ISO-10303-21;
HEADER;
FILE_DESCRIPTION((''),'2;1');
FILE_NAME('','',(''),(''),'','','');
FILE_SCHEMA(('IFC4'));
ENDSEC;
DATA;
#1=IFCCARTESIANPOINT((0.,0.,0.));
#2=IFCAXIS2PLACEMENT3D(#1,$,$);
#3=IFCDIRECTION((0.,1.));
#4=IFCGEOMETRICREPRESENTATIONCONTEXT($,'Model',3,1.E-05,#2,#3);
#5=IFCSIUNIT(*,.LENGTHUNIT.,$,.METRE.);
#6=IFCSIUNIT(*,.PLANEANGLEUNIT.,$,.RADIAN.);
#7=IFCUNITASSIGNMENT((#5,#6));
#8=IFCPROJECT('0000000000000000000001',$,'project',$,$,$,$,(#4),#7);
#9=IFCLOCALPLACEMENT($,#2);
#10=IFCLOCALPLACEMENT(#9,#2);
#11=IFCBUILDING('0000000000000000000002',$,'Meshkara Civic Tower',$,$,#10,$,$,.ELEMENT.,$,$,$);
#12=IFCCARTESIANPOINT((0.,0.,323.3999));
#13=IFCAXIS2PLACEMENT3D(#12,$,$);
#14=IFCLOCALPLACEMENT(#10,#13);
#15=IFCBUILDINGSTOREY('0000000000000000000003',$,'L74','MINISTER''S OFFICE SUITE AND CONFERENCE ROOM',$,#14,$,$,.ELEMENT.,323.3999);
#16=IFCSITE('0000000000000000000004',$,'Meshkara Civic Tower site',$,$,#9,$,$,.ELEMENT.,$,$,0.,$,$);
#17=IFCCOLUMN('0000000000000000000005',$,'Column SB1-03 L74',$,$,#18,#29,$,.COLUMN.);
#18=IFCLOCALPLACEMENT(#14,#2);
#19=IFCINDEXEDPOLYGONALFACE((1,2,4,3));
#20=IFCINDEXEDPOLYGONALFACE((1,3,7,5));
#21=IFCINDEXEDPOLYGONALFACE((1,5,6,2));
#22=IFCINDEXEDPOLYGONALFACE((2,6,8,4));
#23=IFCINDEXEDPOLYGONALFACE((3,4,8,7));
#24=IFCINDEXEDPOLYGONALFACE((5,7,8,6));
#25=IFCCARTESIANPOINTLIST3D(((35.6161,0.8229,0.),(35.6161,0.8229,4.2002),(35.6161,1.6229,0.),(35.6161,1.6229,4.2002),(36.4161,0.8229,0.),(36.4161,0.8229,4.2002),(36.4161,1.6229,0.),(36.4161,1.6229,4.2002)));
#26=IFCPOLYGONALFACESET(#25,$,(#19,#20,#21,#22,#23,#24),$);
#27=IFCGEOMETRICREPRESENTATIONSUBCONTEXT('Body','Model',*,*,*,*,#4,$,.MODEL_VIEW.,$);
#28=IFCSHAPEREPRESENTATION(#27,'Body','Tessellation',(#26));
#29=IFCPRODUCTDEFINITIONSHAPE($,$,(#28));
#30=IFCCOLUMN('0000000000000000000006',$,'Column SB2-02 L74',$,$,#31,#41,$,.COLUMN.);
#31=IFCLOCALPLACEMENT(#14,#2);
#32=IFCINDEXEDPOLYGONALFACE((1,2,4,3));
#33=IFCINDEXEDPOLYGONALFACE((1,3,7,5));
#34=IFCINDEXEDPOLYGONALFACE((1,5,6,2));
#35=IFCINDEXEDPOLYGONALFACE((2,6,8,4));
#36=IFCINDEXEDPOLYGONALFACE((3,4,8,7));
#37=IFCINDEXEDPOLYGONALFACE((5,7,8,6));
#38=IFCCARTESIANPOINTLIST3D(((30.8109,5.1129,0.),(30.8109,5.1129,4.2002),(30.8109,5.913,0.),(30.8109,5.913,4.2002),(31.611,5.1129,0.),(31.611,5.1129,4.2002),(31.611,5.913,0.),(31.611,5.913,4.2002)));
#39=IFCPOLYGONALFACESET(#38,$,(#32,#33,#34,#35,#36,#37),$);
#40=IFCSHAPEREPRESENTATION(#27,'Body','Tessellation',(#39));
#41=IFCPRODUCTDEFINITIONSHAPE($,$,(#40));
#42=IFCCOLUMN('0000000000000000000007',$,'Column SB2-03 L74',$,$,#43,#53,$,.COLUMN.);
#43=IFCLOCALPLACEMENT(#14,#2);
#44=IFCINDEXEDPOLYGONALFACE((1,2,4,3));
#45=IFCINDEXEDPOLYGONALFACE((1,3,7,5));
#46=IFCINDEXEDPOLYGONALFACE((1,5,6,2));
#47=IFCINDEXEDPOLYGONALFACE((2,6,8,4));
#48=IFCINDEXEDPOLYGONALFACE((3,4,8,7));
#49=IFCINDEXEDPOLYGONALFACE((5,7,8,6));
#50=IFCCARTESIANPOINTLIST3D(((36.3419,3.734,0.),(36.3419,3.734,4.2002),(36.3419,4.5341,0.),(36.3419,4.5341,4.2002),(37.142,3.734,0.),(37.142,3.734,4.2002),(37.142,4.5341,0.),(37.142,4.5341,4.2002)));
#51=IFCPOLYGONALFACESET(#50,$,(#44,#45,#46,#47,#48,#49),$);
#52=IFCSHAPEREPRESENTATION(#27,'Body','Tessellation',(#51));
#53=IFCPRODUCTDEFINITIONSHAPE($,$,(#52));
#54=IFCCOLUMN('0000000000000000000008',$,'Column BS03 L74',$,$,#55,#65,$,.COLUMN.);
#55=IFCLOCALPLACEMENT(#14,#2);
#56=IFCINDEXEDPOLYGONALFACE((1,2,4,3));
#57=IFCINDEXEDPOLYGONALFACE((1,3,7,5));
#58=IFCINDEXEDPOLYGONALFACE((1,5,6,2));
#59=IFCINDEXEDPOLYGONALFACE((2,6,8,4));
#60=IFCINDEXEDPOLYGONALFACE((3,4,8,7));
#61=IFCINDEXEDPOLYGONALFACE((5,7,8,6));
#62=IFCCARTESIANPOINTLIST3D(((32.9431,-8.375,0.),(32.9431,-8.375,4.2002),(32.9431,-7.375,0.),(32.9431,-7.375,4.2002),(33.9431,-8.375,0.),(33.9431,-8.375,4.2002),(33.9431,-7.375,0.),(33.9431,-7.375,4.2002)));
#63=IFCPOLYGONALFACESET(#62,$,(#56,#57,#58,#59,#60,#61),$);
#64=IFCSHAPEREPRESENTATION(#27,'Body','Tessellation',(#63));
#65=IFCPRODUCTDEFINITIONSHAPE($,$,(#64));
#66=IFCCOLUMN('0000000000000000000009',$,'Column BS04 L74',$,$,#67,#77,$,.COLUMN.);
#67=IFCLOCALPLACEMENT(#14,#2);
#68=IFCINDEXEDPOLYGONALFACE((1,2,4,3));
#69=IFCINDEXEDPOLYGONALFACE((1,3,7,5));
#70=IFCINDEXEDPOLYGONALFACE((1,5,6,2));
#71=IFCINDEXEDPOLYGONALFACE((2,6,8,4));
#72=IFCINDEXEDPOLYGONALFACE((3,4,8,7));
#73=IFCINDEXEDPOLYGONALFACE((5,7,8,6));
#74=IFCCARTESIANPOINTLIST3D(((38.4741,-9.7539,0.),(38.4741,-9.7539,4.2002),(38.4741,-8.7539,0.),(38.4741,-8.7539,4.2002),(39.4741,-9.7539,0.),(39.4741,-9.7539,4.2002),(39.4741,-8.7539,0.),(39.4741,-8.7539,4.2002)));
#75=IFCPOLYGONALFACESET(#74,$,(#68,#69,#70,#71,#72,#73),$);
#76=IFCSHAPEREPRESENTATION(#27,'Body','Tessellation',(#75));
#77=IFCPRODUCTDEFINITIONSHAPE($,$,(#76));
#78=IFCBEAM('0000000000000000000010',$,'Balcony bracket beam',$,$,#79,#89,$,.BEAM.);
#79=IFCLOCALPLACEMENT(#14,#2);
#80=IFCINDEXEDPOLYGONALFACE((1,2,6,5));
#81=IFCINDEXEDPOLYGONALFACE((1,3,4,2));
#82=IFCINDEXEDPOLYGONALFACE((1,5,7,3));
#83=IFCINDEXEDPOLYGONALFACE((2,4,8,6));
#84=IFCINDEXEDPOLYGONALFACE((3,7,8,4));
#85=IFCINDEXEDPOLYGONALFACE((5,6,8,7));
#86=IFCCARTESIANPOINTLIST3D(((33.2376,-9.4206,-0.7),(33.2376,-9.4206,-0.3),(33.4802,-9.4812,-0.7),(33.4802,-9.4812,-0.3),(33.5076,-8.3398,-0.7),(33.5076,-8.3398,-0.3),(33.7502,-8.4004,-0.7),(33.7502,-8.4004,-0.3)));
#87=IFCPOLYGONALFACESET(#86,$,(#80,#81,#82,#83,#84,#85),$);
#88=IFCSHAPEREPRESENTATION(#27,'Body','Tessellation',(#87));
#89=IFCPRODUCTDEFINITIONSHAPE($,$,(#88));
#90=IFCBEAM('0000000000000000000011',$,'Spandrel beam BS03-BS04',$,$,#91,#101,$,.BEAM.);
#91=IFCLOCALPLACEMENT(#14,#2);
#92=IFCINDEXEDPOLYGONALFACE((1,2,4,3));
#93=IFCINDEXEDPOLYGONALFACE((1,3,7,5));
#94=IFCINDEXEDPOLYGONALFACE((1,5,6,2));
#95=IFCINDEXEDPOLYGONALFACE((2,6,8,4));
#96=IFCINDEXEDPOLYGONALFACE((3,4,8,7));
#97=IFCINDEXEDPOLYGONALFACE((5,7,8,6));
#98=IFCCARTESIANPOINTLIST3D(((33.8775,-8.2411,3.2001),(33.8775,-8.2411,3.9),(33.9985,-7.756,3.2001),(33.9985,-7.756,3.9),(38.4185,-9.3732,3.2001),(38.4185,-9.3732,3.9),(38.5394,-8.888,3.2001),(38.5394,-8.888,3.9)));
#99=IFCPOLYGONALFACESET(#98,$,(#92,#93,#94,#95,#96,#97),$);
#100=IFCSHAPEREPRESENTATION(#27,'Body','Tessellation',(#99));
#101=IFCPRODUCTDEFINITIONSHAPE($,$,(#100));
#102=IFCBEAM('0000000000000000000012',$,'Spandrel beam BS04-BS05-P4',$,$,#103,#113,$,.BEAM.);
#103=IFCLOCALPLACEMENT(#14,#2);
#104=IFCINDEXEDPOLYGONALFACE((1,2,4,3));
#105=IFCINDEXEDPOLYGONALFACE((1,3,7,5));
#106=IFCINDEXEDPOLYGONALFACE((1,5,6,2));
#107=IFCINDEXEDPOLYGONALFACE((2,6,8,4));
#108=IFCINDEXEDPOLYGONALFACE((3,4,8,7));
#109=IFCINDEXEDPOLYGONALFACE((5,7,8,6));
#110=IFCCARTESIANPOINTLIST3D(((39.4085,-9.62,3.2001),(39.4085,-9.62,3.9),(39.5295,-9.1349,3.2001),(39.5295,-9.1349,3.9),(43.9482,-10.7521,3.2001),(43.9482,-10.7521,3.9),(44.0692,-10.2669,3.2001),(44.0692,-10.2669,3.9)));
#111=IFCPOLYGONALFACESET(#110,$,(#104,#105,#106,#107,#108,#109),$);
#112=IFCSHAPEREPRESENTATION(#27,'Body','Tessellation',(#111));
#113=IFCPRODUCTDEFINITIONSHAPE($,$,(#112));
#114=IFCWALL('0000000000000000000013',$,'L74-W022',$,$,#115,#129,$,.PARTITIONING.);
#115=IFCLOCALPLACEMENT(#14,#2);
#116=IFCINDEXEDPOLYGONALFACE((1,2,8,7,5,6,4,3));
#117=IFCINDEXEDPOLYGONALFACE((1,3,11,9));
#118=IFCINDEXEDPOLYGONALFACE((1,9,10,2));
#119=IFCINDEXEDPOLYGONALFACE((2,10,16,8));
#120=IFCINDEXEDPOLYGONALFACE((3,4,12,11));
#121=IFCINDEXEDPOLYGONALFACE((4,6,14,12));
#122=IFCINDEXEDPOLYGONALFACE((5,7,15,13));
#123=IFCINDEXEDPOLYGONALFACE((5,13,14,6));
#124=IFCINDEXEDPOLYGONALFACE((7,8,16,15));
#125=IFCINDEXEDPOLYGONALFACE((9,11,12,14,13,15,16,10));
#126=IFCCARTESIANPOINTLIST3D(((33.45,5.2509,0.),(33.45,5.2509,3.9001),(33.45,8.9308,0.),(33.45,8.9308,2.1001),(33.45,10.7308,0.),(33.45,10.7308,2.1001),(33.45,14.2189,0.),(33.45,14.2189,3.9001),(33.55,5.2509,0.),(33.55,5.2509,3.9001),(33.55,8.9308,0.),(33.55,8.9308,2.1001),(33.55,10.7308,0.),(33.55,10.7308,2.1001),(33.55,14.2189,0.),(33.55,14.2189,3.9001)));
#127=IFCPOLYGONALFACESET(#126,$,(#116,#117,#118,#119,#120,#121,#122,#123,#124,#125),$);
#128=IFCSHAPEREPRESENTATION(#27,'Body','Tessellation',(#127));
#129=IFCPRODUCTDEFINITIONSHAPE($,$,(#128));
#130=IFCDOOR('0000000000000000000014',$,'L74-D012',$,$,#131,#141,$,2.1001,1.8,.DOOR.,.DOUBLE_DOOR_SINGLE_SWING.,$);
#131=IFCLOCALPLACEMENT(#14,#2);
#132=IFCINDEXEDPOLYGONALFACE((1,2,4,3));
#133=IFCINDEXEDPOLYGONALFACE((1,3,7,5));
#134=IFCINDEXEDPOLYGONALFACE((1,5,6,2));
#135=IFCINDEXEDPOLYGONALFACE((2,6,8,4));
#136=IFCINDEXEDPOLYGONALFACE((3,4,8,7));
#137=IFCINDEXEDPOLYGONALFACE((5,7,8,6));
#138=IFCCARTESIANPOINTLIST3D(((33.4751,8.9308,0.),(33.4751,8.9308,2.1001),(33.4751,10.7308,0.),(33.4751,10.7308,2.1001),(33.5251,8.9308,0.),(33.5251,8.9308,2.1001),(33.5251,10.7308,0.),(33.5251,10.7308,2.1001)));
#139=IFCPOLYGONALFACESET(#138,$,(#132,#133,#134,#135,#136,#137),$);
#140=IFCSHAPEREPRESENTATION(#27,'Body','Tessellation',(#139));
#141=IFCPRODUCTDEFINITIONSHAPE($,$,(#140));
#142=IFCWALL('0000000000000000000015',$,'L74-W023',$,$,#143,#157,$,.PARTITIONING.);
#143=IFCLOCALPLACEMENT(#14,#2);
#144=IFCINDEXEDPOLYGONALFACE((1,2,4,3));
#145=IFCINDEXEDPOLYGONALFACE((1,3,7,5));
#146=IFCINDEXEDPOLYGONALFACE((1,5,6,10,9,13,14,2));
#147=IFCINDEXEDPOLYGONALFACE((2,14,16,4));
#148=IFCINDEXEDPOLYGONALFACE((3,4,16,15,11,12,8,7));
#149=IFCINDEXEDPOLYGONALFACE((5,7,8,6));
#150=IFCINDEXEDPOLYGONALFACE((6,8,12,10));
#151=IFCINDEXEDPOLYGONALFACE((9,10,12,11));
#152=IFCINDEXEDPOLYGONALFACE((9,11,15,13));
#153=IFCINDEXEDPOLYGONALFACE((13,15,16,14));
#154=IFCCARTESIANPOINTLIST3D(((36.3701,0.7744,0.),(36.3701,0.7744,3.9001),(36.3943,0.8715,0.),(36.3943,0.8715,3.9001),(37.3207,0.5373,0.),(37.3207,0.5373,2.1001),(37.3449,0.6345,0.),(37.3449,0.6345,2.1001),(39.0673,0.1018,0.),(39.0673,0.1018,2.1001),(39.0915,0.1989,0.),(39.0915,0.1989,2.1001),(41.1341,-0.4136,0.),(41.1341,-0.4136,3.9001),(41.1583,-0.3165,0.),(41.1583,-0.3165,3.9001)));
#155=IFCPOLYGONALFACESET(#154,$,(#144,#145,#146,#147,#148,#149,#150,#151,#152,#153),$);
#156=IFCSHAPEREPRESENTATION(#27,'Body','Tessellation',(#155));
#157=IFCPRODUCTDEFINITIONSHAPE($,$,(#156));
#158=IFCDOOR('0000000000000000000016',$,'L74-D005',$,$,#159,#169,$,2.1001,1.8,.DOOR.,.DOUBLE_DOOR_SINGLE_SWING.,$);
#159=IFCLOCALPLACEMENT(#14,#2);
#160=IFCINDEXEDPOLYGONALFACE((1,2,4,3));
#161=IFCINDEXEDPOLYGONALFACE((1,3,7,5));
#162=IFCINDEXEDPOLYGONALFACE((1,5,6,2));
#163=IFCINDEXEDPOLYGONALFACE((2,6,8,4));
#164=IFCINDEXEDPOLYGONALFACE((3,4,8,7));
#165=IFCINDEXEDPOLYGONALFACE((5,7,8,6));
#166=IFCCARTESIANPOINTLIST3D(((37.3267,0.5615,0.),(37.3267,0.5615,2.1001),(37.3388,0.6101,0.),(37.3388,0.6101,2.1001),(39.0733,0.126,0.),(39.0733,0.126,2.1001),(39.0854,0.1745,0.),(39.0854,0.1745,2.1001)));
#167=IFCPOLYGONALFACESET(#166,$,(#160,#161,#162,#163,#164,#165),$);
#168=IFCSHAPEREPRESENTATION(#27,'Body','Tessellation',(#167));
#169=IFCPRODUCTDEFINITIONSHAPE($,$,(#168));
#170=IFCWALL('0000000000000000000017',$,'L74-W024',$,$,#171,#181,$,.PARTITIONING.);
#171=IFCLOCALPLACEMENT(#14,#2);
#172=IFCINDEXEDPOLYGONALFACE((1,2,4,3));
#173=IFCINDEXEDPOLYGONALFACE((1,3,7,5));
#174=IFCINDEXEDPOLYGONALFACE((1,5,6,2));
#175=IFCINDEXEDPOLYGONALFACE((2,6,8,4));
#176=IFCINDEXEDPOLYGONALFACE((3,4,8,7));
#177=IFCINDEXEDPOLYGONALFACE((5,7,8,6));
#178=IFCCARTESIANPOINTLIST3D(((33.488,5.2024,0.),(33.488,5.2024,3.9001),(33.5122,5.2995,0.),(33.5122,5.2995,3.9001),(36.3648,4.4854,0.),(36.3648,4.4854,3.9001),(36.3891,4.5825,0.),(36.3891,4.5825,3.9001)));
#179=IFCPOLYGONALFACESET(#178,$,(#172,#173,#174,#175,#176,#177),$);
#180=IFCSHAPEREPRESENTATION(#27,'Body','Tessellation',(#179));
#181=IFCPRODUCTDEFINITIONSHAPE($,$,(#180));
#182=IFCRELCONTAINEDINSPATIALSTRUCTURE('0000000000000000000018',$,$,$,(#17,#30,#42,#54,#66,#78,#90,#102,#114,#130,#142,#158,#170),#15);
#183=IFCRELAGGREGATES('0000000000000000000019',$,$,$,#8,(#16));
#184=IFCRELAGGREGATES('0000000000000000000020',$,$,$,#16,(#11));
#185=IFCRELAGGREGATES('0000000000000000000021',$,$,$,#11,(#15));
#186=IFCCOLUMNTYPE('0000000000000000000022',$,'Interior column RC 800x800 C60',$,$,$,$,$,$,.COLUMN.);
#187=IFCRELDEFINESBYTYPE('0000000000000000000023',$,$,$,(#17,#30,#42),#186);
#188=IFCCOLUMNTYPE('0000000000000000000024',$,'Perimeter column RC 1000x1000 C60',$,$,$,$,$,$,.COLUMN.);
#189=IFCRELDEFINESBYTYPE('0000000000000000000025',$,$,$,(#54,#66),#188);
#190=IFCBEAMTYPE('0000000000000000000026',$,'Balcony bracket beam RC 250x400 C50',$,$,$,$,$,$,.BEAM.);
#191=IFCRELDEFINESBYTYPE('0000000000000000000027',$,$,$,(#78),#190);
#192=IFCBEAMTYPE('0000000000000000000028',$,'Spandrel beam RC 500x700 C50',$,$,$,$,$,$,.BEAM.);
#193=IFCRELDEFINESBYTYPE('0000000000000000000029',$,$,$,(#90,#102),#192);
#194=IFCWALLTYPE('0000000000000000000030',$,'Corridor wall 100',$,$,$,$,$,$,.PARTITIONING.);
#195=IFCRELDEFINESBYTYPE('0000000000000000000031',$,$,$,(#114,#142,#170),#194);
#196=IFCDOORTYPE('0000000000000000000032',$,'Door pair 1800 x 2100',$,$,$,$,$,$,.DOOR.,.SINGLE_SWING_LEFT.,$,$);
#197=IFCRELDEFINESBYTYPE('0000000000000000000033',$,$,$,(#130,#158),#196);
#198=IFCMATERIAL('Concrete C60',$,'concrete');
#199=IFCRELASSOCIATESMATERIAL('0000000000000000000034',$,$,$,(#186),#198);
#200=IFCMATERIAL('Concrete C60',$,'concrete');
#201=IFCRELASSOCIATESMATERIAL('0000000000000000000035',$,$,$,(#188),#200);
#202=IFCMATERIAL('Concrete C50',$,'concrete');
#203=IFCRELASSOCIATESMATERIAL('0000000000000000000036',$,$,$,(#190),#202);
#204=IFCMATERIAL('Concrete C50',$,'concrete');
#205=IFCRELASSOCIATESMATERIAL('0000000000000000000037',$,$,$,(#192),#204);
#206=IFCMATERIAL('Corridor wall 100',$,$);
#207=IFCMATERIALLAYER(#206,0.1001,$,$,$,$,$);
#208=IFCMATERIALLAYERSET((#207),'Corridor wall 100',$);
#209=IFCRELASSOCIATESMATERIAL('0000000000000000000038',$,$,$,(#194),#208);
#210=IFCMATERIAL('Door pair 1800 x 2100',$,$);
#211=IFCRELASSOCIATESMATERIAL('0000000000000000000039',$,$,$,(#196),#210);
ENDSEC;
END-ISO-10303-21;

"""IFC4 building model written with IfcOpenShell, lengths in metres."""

from ifc_helpers import new_model, si_unit, direction, frame, frame_2d, origin, origin_2d, place, context, subcontext, project, spatial, rectangle, extrude, material, layer, layer_set, material_profile, profile_set, type_object, element, fill, save


model = new_model("IFC4")

# Units and contexts
model_context = context("Model", 3, precision=1e-05, world=origin(), true_north=direction((0.0, 1.0)))
body_context = subcontext(model_context, "Body", "Model", "MODEL_VIEW")
ifc_project = project(units=[si_unit("LENGTHUNIT", "METRE"), si_unit("PLANEANGLEUNIT", "RADIAN")], contexts=[model_context])

# Site, building, storey
site_placement = place(None, origin())
site = spatial("IfcSite", under=ifc_project, at=site_placement, Name="Meshkara Civic Tower site", CompositionType="ELEMENT", RefElevation=0.0)
building_placement = place(site_placement, origin())
building = spatial("IfcBuilding", under=site, at=building_placement, Name="Meshkara Civic Tower", CompositionType="ELEMENT")
storey_placement = place(building_placement, frame((0.0, 0.0, 323.3999)))
storey = spatial("IfcBuildingStorey", under=building, at=storey_placement, Name="L74", Description="MINISTER'S OFFICE SUITE AND CONFERENCE ROOM", CompositionType="ELEMENT", Elevation=323.3999)

# Columns
ifc_material_1 = material(Name="Concrete C60", Category="concrete")
ifc_material_profile_1 = material_profile(ifc_material_1, rectangle(XDim=0.8, YDim=0.8, at=origin_2d()))
ifc_profile_set_1 = profile_set([ifc_material_profile_1], Name="Concrete C60")
column_type_1 = type_object("IfcColumnType", Name="Interior column RC 800x800 C60", PredefinedType="COLUMN", material=ifc_profile_set_1)
for number, where, z_axis, x_axis, name in (
    (1, (36.0161, 1.2229, 0.0), (0.0, 0.0, 1.0), (1.0, 0.0, 0.0), "Column SB1-03 L74"),
    (2, (31.2109, 5.5129, 0.0), (0.0, 0.0, 1.0), (1.0, 0.0, 0.0), "Column SB2-02 L74"),
    (3, (36.7419, 4.134, 0.0), (0.0, 0.0, 1.0), (1.0, 0.0, 0.0), "Column SB2-03 L74"),
):
    element("IfcColumn", number, at=place(storey_placement, frame(where, z_axis=z_axis, x_axis=x_axis)), inside=storey, type_object=column_type_1, Name=name, PredefinedType="COLUMN", context=body_context, shape_type="SweptSolid", body=[
        extrude(rectangle(XDim=0.8, YDim=0.8, at=origin_2d()), origin(), (0.0, 0.0, 1.0), 4.2002),
    ])
ifc_material_2 = material(Name="Concrete C60", Category="concrete")
ifc_material_profile_2 = material_profile(ifc_material_2, rectangle(XDim=1.0, YDim=1.0, at=origin_2d()))
ifc_profile_set_2 = profile_set([ifc_material_profile_2], Name="Concrete C60")
column_type_2 = type_object("IfcColumnType", Name="Perimeter column RC 1000x1000 C60", PredefinedType="COLUMN", material=ifc_profile_set_2)
for number, where, z_axis, x_axis, name in (
    (4, (33.4431, -7.875, 0.0), (0.0, 0.0, 1.0), (1.0, 0.0, 0.0), "Column BS03 L74"),
    (5, (38.9741, -9.2539, 0.0), (0.0, 0.0, 1.0), (1.0, 0.0, 0.0), "Column BS04 L74"),
):
    element("IfcColumn", number, at=place(storey_placement, frame(where, z_axis=z_axis, x_axis=x_axis)), inside=storey, type_object=column_type_2, Name=name, PredefinedType="COLUMN", context=body_context, shape_type="SweptSolid", body=[
        extrude(rectangle(XDim=1.0, YDim=1.0, at=origin_2d()), origin(), (0.0, 0.0, 1.0), 4.2002),
    ])

# Beams
ifc_material_3 = material(Name="Concrete C50", Category="concrete")
ifc_material_profile_3 = material_profile(ifc_material_3, rectangle(XDim=0.25, YDim=0.3999, at=origin_2d()))
ifc_profile_set_3 = profile_set([ifc_material_profile_3], Name="Concrete C50")
beam_type_1 = type_object("IfcBeamType", Name="Balcony bracket beam RC 250x400 C50", PredefinedType="BEAM", material=ifc_profile_set_3)
beam_1_placement = place(storey_placement, frame((33.6289, -8.3701, -0.5), z_axis=(-0.242381, -0.970181, 0.0), x_axis=(0.970181, -0.242381, 0.0)))
element("IfcBeam", 6, at=beam_1_placement, inside=storey, type_object=beam_type_1, Name="Balcony bracket beam", PredefinedType="BEAM", context=body_context, shape_type="SweptSolid", body=[
    extrude(rectangle(XDim=0.25, YDim=0.3999, at=origin_2d()), origin(), (0.0, 0.0, 1.0), 1.114),
])
ifc_material_4 = material(Name="Concrete C50", Category="concrete")
ifc_material_profile_4 = material_profile(ifc_material_4, rectangle(XDim=0.5, YDim=0.7, at=origin_2d()))
ifc_profile_set_4 = profile_set([ifc_material_profile_4], Name="Concrete C50")
beam_type_2 = type_object("IfcBeamType", Name="Spandrel beam RC 500x700 C50", PredefinedType="BEAM", material=ifc_profile_set_4)
beam_2_placement = place(storey_placement, frame((33.938, -7.9985, 3.55), z_axis=(0.970302, -0.241897, 0.0), x_axis=(0.241897, 0.970302, 0.0)))
element("IfcBeam", 7, at=beam_2_placement, inside=storey, type_object=beam_type_2, Name="Spandrel beam BS03-BS04", PredefinedType="BEAM", context=body_context, shape_type="SweptSolid", body=[
    extrude(rectangle(XDim=0.5, YDim=0.7, at=origin_2d()), origin(), (0.0, 0.0, 1.0), 4.6799),
])
beam_3_placement = place(storey_placement, frame((39.469, -9.3774, 3.55), z_axis=(0.970287, -0.241959, 0.0), x_axis=(0.241959, 0.970287, 0.0)))
element("IfcBeam", 8, at=beam_3_placement, inside=storey, type_object=beam_type_2, Name="Spandrel beam BS04-BS05-P4", PredefinedType="BEAM", context=body_context, shape_type="SweptSolid", body=[
    extrude(rectangle(XDim=0.5, YDim=0.7, at=origin_2d()), origin(), (0.0, 0.0, 1.0), 4.6787),
])

# Walls, openings, doors
ifc_material_5 = material(Name="Corridor wall 100")
ifc_layer_1 = layer(ifc_material_5, 0.1001)
ifc_layer_set_1 = layer_set([ifc_layer_1], Name="Corridor wall 100")
wall_type_1 = type_object("IfcWallType", Name="Corridor wall 100", PredefinedType="PARTITIONING", material=ifc_layer_set_1)
wall_1_placement = place(storey_placement, frame((33.5, 5.251, 0.0), z_axis=(0.0, 0.0, 1.0), x_axis=(0.0, 1.0, 0.0)))
wall_1 = element("IfcWall", 9, at=wall_1_placement, inside=storey, type_object=wall_type_1, Name="L74-W022", PredefinedType="PARTITIONING", context=body_context, shape_type="SweptSolid", body=[
    extrude(rectangle(XDim=8.968, YDim=0.1001, at=frame_2d((4.4839, 0.0))), origin(), (0.0, 0.0, 1.0), 3.9001),
])
opening_1_placement = place(wall_1_placement, frame((3.6799, 0.0, 0.0)))
opening_1 = element("IfcOpeningElement", 10, at=opening_1_placement, cuts=wall_1, PredefinedType="OPENING", context=body_context, shape_type="SweptSolid", body=[
    extrude(rectangle(XDim=1.8, YDim=2.1001, at=frame_2d((0.8999, 1.05))), frame((0.0, 0.0601, 0.0), z_axis=(0.0, -1.0, 0.0), x_axis=(1.0, 0.0, 0.0)), (0.0, 0.0, 1.0), 0.1201),
])
ifc_material_6 = material(Name="Door pair 1800 x 2100")
door_type_1 = type_object("IfcDoorType", Name="Door pair 1800 x 2100", OperationType="SINGLE_SWING_LEFT", PredefinedType="DOOR", material=ifc_material_6)
door_1_placement = place(opening_1_placement, origin())
door_1 = element("IfcDoor", 11, at=door_1_placement, inside=storey, type_object=door_type_1, Name="L74-D012", OperationType="DOUBLE_DOOR_SINGLE_SWING", OverallHeight=2.1001, OverallWidth=1.8, PredefinedType="DOOR", context=body_context, shape_type="SweptSolid", body=[
    extrude(rectangle(XDim=1.8, YDim=2.1001, at=frame_2d((0.8999, 1.05))), frame((0.0, 0.0249, 0.0), z_axis=(0.0, -1.0, 0.0), x_axis=(1.0, 0.0, 0.0)), (0.0, 0.0, 1.0), 0.05),
])
fill(opening_1, door_1)
wall_2_placement = place(storey_placement, frame((36.3821, 0.823, 0.0), z_axis=(0.0, 0.0, 1.0), x_axis=(0.970286, -0.241962, 0.0)))
wall_2 = element("IfcWall", 12, at=wall_2_placement, inside=storey, type_object=wall_type_1, Name="L74-W023", PredefinedType="PARTITIONING", context=body_context, shape_type="SweptSolid", body=[
    extrude(rectangle(XDim=4.9099, YDim=0.1001, at=frame_2d((2.4551, 0.0))), origin(), (0.0, 0.0, 1.0), 3.9001),
])
opening_2_placement = place(wall_2_placement, frame((0.98, 0.0, 0.0)))
opening_2 = element("IfcOpeningElement", 13, at=opening_2_placement, cuts=wall_2, PredefinedType="OPENING", context=body_context, shape_type="SweptSolid", body=[
    extrude(rectangle(XDim=1.8, YDim=2.1001, at=frame_2d((0.8999, 1.05))), frame((0.0, 0.0601, 0.0), z_axis=(0.0, -1.0, 0.0), x_axis=(1.0, 0.0, 0.0)), (0.0, 0.0, 1.0), 0.1201),
])
door_2_placement = place(opening_2_placement, origin())
door_2 = element("IfcDoor", 14, at=door_2_placement, inside=storey, type_object=door_type_1, Name="L74-D005", OperationType="DOUBLE_DOOR_SINGLE_SWING", OverallHeight=2.1001, OverallWidth=1.8, PredefinedType="DOOR", context=body_context, shape_type="SweptSolid", body=[
    extrude(rectangle(XDim=1.8, YDim=2.1001, at=frame_2d((0.8999, 1.05))), frame((0.0, 0.0249, 0.0), z_axis=(0.0, -1.0, 0.0), x_axis=(1.0, 0.0, 0.0)), (0.0, 0.0, 1.0), 0.05),
])
fill(opening_2, door_2)

# Wall
wall_3_placement = place(storey_placement, frame((36.377, 4.5339, 0.0), z_axis=(0.0, 0.0, 1.0), x_axis=(-0.970317, 0.241838, 0.0)))
element("IfcWall", 15, at=wall_3_placement, inside=storey, type_object=wall_type_1, Name="L74-W024", PredefinedType="PARTITIONING", context=body_context, shape_type="SweptSolid", body=[
    extrude(rectangle(XDim=2.9648, YDim=0.1001, at=frame_2d((1.4824, 0.0))), origin(), (0.0, 0.0, 1.0), 3.9001),
])

save(model, "model.ifc")
